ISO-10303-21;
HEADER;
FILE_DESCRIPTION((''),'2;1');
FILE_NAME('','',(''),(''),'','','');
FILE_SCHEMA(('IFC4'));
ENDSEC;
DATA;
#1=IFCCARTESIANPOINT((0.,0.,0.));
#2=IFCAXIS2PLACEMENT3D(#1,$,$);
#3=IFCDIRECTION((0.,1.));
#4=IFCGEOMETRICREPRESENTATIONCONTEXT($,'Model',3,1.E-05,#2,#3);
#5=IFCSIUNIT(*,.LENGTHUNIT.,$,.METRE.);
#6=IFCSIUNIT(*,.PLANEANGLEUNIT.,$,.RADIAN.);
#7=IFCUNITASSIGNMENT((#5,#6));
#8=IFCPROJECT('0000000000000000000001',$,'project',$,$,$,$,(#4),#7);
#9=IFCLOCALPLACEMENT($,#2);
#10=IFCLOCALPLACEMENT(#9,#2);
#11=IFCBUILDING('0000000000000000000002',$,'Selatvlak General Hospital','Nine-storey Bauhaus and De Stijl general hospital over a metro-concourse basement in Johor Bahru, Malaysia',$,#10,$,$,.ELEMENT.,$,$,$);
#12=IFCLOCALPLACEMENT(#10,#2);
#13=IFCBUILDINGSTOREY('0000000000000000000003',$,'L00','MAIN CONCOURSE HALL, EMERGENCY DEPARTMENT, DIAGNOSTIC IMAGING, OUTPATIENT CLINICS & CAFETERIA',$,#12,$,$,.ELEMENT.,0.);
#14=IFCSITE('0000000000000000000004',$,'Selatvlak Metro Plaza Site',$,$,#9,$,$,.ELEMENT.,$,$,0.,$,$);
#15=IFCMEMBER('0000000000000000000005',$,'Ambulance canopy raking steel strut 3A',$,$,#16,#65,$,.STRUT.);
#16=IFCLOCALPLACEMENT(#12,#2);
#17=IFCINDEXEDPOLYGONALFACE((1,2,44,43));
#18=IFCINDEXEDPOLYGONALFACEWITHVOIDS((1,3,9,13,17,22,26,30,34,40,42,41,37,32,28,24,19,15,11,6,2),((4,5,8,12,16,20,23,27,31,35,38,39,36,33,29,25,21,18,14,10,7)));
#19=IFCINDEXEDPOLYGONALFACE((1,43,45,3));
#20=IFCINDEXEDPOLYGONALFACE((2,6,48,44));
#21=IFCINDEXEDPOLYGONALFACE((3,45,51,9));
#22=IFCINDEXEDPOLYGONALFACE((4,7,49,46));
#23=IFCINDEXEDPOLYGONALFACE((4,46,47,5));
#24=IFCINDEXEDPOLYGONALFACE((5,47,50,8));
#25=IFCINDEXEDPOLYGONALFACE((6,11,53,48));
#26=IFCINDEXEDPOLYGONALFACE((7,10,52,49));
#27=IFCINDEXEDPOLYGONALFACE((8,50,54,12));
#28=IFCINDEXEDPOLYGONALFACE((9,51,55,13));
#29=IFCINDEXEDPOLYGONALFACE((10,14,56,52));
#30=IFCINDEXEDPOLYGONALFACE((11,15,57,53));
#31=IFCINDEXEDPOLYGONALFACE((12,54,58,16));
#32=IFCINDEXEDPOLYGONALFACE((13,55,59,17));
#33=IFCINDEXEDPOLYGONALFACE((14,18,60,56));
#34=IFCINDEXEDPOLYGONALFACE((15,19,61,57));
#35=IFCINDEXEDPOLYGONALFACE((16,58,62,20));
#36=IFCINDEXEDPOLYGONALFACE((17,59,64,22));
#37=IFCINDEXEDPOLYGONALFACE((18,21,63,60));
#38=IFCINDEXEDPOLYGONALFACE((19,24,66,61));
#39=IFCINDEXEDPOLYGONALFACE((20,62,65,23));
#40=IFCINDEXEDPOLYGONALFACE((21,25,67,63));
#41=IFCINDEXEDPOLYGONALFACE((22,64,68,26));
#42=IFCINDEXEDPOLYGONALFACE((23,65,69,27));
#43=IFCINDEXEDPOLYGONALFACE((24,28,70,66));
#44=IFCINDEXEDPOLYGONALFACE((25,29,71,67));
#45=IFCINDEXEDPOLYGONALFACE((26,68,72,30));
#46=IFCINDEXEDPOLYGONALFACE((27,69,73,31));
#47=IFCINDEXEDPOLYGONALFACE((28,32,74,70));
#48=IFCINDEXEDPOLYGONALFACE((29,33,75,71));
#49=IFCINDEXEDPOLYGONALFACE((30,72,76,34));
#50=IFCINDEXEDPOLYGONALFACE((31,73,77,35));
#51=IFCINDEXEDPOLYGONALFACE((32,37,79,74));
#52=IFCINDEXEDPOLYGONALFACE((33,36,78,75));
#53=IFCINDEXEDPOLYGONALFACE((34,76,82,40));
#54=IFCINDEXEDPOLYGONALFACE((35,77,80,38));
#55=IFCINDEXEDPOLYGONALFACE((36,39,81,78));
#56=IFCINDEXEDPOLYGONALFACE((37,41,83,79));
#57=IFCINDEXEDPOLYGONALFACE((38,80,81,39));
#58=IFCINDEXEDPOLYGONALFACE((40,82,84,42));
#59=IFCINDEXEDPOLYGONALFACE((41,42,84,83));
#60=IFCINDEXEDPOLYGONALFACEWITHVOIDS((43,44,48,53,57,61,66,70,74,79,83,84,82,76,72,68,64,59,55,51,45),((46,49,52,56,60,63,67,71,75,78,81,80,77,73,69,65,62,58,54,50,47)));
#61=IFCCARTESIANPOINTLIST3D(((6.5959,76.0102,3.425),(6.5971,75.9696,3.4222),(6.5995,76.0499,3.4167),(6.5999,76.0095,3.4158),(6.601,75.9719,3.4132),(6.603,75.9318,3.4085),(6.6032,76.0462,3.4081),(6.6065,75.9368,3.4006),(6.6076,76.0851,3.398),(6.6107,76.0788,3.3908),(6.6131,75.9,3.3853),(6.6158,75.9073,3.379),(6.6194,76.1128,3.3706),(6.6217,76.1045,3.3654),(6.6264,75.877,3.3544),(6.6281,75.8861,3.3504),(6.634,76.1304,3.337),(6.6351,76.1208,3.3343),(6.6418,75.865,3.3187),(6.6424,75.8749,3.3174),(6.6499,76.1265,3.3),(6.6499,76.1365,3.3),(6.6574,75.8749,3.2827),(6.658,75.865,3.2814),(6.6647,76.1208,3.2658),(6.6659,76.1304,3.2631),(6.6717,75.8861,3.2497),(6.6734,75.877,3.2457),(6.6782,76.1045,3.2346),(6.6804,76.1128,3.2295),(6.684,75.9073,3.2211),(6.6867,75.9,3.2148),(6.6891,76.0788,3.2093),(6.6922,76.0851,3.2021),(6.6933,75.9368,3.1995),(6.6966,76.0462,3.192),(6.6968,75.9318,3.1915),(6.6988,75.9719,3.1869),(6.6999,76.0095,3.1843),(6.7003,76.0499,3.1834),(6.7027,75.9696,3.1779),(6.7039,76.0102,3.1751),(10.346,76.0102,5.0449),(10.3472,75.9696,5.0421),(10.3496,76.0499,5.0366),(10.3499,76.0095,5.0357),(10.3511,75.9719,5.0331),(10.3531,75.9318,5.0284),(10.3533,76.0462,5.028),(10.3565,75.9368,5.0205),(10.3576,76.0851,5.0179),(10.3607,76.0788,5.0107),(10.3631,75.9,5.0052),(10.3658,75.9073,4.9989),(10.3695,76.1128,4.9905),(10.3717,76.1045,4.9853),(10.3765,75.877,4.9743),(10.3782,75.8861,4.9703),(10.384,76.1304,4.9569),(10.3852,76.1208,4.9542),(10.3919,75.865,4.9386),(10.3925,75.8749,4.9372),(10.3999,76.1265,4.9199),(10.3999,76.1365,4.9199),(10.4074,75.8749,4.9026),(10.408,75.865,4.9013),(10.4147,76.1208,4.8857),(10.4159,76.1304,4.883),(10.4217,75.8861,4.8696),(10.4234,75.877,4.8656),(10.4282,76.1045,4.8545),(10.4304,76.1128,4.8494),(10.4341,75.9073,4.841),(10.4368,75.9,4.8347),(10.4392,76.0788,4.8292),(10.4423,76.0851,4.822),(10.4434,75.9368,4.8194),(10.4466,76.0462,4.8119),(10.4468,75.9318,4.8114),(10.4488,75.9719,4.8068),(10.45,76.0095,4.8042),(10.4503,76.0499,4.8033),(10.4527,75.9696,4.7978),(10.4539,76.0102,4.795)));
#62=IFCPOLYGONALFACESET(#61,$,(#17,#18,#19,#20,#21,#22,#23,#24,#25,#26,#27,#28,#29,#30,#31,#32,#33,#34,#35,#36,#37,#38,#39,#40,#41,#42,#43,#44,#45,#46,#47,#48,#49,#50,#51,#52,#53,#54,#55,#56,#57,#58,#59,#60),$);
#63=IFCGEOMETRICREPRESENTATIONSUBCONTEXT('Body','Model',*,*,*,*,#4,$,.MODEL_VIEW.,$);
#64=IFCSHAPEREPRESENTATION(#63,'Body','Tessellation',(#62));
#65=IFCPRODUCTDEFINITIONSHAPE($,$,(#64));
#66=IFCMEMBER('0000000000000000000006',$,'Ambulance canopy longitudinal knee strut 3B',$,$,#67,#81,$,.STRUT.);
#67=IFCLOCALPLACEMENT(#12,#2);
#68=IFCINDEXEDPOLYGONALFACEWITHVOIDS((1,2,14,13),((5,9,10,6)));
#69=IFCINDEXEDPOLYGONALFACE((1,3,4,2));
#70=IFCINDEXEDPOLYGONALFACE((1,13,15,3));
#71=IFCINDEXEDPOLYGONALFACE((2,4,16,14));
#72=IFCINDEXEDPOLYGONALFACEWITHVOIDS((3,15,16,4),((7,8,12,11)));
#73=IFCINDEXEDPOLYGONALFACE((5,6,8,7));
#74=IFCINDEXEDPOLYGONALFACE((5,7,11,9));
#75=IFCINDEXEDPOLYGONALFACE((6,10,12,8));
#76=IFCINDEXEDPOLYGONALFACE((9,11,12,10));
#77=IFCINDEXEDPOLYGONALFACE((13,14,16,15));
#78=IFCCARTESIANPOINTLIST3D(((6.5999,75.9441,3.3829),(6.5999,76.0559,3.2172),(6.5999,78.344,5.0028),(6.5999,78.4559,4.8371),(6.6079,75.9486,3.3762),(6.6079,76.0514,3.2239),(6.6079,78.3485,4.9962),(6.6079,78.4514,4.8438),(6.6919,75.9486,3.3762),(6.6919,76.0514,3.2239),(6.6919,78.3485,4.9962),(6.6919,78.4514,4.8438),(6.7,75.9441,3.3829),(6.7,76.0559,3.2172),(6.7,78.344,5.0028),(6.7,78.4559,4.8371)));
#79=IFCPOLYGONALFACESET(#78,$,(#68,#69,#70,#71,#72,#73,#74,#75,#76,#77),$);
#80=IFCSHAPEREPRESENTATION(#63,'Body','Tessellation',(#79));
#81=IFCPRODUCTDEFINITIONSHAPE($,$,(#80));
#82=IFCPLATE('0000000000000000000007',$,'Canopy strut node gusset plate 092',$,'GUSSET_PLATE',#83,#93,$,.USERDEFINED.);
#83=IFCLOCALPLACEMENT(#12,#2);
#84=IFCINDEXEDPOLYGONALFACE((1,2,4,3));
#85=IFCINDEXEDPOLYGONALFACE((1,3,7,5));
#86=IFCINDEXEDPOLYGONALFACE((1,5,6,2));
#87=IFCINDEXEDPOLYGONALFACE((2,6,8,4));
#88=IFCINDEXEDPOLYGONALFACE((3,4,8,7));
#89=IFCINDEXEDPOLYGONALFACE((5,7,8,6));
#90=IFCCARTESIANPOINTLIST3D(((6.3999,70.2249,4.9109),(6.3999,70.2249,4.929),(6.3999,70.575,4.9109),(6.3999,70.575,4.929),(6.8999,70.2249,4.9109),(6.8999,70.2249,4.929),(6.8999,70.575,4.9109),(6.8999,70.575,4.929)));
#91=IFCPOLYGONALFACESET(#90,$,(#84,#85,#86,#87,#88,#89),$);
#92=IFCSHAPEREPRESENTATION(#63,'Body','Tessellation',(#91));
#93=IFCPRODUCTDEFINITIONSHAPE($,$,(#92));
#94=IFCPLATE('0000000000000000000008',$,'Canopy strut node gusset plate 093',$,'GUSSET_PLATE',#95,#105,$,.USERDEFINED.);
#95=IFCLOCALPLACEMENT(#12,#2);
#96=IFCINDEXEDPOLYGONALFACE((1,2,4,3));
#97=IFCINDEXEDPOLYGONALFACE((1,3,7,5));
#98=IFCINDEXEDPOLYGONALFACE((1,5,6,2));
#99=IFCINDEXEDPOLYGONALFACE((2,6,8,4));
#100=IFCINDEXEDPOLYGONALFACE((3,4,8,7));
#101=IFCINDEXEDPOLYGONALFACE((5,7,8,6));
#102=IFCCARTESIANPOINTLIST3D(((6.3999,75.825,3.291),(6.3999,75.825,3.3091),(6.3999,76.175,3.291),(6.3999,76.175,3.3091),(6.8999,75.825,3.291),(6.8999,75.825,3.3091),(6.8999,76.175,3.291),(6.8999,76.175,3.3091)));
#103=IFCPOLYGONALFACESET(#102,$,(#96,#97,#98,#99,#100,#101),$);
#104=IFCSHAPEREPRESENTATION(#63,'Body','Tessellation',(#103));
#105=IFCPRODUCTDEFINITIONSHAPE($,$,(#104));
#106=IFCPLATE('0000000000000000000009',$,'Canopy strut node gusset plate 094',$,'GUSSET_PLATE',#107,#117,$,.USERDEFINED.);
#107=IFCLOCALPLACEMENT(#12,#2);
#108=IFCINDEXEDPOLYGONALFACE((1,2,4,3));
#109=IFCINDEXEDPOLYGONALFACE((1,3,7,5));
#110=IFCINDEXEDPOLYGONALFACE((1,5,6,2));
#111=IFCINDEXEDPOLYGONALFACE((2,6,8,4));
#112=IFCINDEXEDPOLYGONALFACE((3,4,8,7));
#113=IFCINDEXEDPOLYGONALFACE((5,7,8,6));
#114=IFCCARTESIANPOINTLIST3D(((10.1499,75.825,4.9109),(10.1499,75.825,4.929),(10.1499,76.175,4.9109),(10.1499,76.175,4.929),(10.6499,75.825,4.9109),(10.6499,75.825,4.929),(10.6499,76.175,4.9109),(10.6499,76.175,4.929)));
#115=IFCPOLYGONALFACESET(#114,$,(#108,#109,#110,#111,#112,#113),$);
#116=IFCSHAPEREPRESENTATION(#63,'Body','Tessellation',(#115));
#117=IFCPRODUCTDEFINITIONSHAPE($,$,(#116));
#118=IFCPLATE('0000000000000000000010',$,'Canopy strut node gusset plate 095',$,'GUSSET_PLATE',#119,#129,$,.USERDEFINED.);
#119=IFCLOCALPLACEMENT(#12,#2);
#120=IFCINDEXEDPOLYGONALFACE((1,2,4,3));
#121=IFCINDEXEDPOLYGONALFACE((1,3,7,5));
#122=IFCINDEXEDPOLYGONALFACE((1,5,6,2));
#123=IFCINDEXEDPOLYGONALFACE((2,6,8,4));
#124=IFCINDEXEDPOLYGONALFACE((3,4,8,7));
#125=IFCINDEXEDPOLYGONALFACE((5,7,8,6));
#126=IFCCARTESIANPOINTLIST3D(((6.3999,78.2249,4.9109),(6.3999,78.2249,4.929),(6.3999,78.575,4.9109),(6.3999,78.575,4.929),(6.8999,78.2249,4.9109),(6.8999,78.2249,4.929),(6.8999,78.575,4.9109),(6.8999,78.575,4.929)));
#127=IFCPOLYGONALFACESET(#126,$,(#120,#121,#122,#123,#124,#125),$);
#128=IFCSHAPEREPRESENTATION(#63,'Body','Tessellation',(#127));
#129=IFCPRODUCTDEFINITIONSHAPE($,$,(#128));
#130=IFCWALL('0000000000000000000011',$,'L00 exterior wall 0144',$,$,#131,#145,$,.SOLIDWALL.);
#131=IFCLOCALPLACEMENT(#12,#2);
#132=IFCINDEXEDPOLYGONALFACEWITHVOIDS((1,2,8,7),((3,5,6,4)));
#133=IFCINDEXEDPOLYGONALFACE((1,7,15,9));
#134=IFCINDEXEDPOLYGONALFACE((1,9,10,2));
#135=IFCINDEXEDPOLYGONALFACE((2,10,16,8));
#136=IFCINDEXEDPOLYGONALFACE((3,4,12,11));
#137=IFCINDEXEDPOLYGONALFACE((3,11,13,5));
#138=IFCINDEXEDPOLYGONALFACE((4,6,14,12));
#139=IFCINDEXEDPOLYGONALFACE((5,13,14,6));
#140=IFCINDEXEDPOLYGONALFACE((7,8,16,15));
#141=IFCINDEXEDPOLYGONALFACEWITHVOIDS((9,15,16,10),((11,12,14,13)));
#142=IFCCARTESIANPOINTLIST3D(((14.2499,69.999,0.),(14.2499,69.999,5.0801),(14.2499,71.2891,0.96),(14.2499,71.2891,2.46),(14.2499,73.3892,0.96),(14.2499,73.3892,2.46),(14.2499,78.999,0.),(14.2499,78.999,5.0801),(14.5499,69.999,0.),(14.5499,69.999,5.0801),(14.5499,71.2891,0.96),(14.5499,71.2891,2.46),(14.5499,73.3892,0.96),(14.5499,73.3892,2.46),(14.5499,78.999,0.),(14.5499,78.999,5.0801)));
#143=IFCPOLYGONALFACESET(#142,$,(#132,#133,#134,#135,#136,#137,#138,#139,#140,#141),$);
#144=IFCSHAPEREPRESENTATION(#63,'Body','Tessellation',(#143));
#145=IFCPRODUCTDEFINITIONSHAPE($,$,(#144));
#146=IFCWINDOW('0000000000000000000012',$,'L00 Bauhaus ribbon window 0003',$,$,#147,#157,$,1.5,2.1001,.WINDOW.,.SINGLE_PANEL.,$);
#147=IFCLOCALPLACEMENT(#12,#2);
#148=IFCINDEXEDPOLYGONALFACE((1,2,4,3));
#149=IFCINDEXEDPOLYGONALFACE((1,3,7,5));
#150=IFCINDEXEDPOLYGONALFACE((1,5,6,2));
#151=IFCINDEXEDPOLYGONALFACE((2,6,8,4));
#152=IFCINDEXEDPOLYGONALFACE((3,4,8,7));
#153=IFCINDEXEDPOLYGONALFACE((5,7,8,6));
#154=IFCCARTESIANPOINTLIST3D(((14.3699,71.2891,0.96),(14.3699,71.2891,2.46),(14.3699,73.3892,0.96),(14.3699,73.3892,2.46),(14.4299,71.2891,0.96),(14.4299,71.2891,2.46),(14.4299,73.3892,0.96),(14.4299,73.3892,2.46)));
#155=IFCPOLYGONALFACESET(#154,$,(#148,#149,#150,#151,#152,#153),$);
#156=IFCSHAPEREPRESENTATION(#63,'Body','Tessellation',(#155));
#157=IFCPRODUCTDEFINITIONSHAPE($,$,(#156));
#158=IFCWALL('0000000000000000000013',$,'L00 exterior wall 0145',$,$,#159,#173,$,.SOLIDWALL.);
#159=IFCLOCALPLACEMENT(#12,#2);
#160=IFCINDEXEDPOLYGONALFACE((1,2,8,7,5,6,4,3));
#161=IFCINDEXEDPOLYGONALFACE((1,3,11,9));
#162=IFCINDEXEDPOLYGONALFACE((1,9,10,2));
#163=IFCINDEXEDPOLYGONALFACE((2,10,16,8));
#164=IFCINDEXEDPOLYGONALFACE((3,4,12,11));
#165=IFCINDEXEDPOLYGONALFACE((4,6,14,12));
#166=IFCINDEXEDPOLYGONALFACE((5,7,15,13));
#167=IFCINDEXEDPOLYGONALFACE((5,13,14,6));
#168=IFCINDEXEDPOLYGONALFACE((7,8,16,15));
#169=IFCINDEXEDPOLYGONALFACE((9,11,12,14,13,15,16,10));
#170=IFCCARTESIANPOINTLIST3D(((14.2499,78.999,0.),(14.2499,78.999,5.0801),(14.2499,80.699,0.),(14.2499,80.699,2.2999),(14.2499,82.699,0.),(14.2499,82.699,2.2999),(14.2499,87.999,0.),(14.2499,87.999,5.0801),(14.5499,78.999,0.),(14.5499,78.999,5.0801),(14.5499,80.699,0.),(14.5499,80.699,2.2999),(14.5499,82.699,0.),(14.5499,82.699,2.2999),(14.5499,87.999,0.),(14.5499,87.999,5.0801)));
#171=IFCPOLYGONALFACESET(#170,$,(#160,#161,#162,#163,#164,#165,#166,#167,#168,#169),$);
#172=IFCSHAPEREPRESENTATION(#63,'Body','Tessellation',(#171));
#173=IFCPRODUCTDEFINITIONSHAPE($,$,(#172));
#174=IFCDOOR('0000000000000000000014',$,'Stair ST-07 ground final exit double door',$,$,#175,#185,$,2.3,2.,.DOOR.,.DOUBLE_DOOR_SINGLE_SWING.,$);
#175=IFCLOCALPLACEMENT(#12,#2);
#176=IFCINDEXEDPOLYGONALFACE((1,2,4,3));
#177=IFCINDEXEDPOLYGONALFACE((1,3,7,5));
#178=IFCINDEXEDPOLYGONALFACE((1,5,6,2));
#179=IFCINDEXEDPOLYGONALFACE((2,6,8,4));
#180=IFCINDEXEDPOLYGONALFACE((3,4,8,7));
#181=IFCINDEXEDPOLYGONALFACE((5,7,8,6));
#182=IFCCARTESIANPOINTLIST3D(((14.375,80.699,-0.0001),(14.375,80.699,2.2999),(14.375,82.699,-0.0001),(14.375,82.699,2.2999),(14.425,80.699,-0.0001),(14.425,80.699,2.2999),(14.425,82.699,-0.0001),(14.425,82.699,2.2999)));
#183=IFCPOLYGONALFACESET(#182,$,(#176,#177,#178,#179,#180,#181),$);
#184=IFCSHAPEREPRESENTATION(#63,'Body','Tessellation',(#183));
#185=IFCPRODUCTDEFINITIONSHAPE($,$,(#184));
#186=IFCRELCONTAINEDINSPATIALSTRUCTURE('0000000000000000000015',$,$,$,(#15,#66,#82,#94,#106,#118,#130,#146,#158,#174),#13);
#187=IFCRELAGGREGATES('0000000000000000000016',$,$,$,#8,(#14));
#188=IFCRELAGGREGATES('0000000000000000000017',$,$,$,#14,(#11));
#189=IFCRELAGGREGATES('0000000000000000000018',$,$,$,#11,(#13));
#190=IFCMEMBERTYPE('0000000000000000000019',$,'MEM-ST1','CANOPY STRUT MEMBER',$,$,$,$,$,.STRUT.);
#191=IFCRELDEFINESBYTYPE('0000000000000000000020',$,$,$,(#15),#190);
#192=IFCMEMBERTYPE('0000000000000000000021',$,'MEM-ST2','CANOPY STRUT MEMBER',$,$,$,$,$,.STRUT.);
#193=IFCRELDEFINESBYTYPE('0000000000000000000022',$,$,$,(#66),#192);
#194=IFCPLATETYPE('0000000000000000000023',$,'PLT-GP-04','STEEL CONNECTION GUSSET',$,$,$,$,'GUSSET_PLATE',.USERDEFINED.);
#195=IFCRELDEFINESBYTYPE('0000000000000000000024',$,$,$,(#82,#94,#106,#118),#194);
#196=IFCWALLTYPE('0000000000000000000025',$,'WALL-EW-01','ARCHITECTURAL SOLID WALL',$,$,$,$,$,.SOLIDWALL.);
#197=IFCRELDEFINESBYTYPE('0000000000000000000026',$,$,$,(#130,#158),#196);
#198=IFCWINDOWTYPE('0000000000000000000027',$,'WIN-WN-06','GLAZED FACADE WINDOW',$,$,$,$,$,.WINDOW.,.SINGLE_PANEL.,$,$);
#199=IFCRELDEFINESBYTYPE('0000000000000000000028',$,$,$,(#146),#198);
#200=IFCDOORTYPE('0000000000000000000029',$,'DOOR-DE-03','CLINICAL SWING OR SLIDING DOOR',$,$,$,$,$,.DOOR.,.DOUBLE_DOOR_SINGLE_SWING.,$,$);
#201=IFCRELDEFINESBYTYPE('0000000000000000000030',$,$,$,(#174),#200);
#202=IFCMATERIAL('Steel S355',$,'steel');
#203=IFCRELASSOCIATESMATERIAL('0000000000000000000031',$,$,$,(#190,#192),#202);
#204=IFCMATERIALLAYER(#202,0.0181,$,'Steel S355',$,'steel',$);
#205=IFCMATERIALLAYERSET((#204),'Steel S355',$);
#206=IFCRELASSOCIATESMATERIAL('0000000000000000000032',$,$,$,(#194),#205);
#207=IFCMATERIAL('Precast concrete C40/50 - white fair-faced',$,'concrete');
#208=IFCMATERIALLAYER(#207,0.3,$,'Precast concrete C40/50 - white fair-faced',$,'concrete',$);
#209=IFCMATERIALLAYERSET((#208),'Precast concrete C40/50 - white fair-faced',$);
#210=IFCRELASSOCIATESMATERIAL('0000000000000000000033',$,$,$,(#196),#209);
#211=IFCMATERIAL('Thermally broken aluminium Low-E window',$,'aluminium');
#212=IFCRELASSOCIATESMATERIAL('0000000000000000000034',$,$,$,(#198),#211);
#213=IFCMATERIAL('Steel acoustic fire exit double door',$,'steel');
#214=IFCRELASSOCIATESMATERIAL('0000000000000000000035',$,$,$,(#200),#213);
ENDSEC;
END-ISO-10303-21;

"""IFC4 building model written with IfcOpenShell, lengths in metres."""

from ifc_helpers import new_model, si_unit, direction, frame, frame_2d, origin, origin_2d, place, context, subcontext, project, spatial, rectangle, hollow_rectangle, hollow_circle, extrude, material, layer, layer_set, material_profile, profile_set, type_object, element, fill, save


model = new_model("IFC4")

# Units and contexts
model_context = context("Model", 3, precision=1e-05, world=origin(), true_north=direction((0.0, 1.0)))
body_context = subcontext(model_context, "Body", "Model", "MODEL_VIEW")
ifc_project = project(units=[si_unit("LENGTHUNIT", "METRE"), si_unit("PLANEANGLEUNIT", "RADIAN")], contexts=[model_context])

# Site, building, storey
site_placement = place(None, origin())
site = spatial("IfcSite", under=ifc_project, at=site_placement, Name="Selatvlak Metro Plaza Site", CompositionType="ELEMENT", RefElevation=0.0)
building_placement = place(site_placement, origin())
building = spatial("IfcBuilding", under=site, at=building_placement, Name="Selatvlak General Hospital", Description="Nine-storey Bauhaus and De Stijl general hospital over a metro-concourse basement in Johor Bahru, Malaysia", CompositionType="ELEMENT")
storey_placement = place(building_placement, origin())
storey = spatial("IfcBuildingStorey", under=building, at=storey_placement, Name="L00", Description="MAIN CONCOURSE HALL, EMERGENCY DEPARTMENT, DIAGNOSTIC IMAGING, OUTPATIENT CLINICS & CAFETERIA", CompositionType="ELEMENT", Elevation=0.0)

# Shared definitions
ifc_material_1 = material(Name="Steel S355", Category="steel")

# Members
ifc_material_profile_1 = material_profile(ifc_material_1, hollow_circle(Radius=0.1365, WallThickness=0.01, at=origin_2d()), Name="CHS 273.0x10")
ifc_profile_set_1 = profile_set([ifc_material_profile_1], Name="Steel S355")
member_type_1 = type_object("IfcMemberType", Name="MEM-ST1", Description="CANOPY STRUT MEMBER", PredefinedType="STRUT", material=ifc_profile_set_1)
member_1_placement = place(storey_placement, frame((6.6499, 76.0, 3.3), z_axis=(0.918013, 0.0, 0.39655), x_axis=(0.0, 1.0, 0.0)))
element("IfcMember", 1, at=member_1_placement, inside=storey, type_object=member_type_1, Name="Ambulance canopy raking steel strut 3A", PredefinedType="STRUT", context=body_context, shape_type="SweptSolid", body=[
    extrude(hollow_circle(Radius=0.1365, WallThickness=0.01, at=origin_2d()), origin(), (0.0, 0.0, 1.0), 4.085),
])
ifc_material_profile_2 = material_profile(ifc_material_1, hollow_rectangle(XDim=0.1001, YDim=0.2, WallThickness=0.0081, at=origin_2d()), Name="RHS 200x100x8")
ifc_profile_set_2 = profile_set([ifc_material_profile_2], Name="Steel S355")
member_type_2 = type_object("IfcMemberType", Name="MEM-ST2", Description="CANOPY STRUT MEMBER", PredefinedType="STRUT", material=ifc_profile_set_2)
member_2_placement = place(storey_placement, frame((6.6499, 76.0, 3.3), z_axis=(0.0, 0.828858, 0.559458), x_axis=(-1.0, 0.0, 0.0)))
element("IfcMember", 2, at=member_2_placement, inside=storey, type_object=member_type_2, Name="Ambulance canopy longitudinal knee strut 3B", PredefinedType="STRUT", context=body_context, shape_type="SweptSolid", body=[
    extrude(hollow_rectangle(XDim=0.1001, YDim=0.2, WallThickness=0.0081, at=origin_2d()), origin(), (0.0, 0.0, 1.0), 2.8955),
])

# Plates
ifc_layer_1 = layer(ifc_material_1, 0.0181, Name="Steel S355", Category="steel")
ifc_layer_set_1 = layer_set([ifc_layer_1], Name="Steel S355")
plate_type = type_object("IfcPlateType", Name="PLT-GP-04", Description="STEEL CONNECTION GUSSET", ElementType="GUSSET_PLATE", PredefinedType="USERDEFINED", material=ifc_layer_set_1)
for number, where, z_axis, x_axis, name in (
    (3, (6.6499, 70.3999, 4.9109), (0.0, 0.0, 1.0), (1.0, 0.0, 0.0), "Canopy strut node gusset plate 092"),
    (4, (6.6499, 76.0, 3.291), (0.0, 0.0, 1.0), (1.0, 0.0, 0.0), "Canopy strut node gusset plate 093"),
    (5, (10.3999, 76.0, 4.9109), (0.0, 0.0, 1.0), (1.0, 0.0, 0.0), "Canopy strut node gusset plate 094"),
    (6, (6.6499, 78.3999, 4.9109), (0.0, 0.0, 1.0), (1.0, 0.0, 0.0), "Canopy strut node gusset plate 095"),
):
    element("IfcPlate", number, at=place(storey_placement, frame(where, z_axis=z_axis, x_axis=x_axis)), inside=storey, type_object=plate_type, Name=name, ObjectType="GUSSET_PLATE", PredefinedType="USERDEFINED", context=body_context, shape_type="SweptSolid", body=[
        extrude(rectangle(XDim=0.5, YDim=0.3501, at=origin_2d()), origin(), (0.0, 0.0, 1.0), 0.0181),
    ])

# Wall, opening, window
ifc_material_2 = material(Name="Precast concrete C40/50 - white fair-faced", Category="concrete")
ifc_layer_2 = layer(ifc_material_2, 0.3, Name="Precast concrete C40/50 - white fair-faced", Category="concrete")
ifc_layer_set_2 = layer_set([ifc_layer_2], Name="Precast concrete C40/50 - white fair-faced")
wall_type_1 = type_object("IfcWallType", Name="WALL-EW-01", Description="ARCHITECTURAL SOLID WALL", PredefinedType="SOLIDWALL", material=ifc_layer_set_2)
wall_1_placement = place(storey_placement, frame((14.3999, 69.999, 0.0), z_axis=(0.0, 0.0, 1.0), x_axis=(0.0, 1.0, 0.0)))
wall_1 = element("IfcWall", 7, at=wall_1_placement, inside=storey, type_object=wall_type_1, Name="L00 exterior wall 0144", PredefinedType="SOLIDWALL", context=body_context, shape_type="SweptSolid", body=[
    extrude(rectangle(XDim=9.0, YDim=0.3, at=frame_2d((4.5, 0.0))), origin(), (0.0, 0.0, 1.0), 5.0801),
])
opening_1_placement = place(wall_1_placement, frame((1.29, 0.0, 0.96)))
opening_1 = element("IfcOpeningElement", 8, at=opening_1_placement, cuts=wall_1, PredefinedType="OPENING", context=body_context, shape_type="SweptSolid", body=[
    extrude(rectangle(XDim=2.1001, YDim=1.5, at=frame_2d((1.05, 0.75))), frame((0.0, 0.1599, 0.0), z_axis=(0.0, -1.0, 0.0), x_axis=(1.0, 0.0, 0.0)), (0.0, 0.0, 1.0), 0.3201),
])
ifc_material_3 = material(Name="Thermally broken aluminium Low-E window", Category="aluminium")
window_type = type_object("IfcWindowType", Name="WIN-WN-06", Description="GLAZED FACADE WINDOW", PartitioningType="SINGLE_PANEL", PredefinedType="WINDOW", material=ifc_material_3)
window_placement = place(opening_1_placement, origin())
window = element("IfcWindow", 9, at=window_placement, inside=storey, type_object=window_type, Name="L00 Bauhaus ribbon window 0003", OverallHeight=1.5, OverallWidth=2.1001, PartitioningType="SINGLE_PANEL", PredefinedType="WINDOW", context=body_context, shape_type="SweptSolid", body=[
    extrude(rectangle(XDim=2.1001, YDim=1.5, at=frame_2d((1.05, 0.75))), frame((0.0, 0.03, 0.0), z_axis=(0.0, -1.0, 0.0), x_axis=(1.0, 0.0, 0.0)), (0.0, 0.0, 1.0), 0.0601),
])
fill(opening_1, window)

# Wall, opening, door
wall_2_placement = place(storey_placement, frame((14.3999, 78.999, 0.0), z_axis=(0.0, 0.0, 1.0), x_axis=(0.0, 1.0, 0.0)))
wall_2 = element("IfcWall", 10, at=wall_2_placement, inside=storey, type_object=wall_type_1, Name="L00 exterior wall 0145", PredefinedType="SOLIDWALL", context=body_context, shape_type="SweptSolid", body=[
    extrude(rectangle(XDim=9.0, YDim=0.3, at=frame_2d((4.5, 0.0))), origin(), (0.0, 0.0, 1.0), 5.0801),
])
opening_2_placement = place(wall_2_placement, frame((1.7, 0.0, 0.0)))
opening_2 = element("IfcOpeningElement", 11, at=opening_2_placement, cuts=wall_2, PredefinedType="OPENING", context=body_context, shape_type="SweptSolid", body=[
    extrude(rectangle(XDim=2.0, YDim=2.3, at=frame_2d((1.0, 1.1499))), frame((0.0, 0.1599, 0.0), z_axis=(0.0, -1.0, 0.0), x_axis=(1.0, 0.0, 0.0)), (0.0, 0.0, 1.0), 0.3201),
])
ifc_material_4 = material(Name="Steel acoustic fire exit double door", Category="steel")
door_type_1 = type_object("IfcDoorType", Name="DOOR-DE-03", Description="CLINICAL SWING OR SLIDING DOOR", OperationType="DOUBLE_DOOR_SINGLE_SWING", PredefinedType="DOOR", material=ifc_material_4)
door_1_placement = place(opening_2_placement, origin())
door_1 = element("IfcDoor", 12, at=door_1_placement, inside=storey, type_object=door_type_1, Name="Stair ST-07 ground final exit double door", OperationType="DOUBLE_DOOR_SINGLE_SWING", OverallHeight=2.3, OverallWidth=2.0, PredefinedType="DOOR", context=body_context, shape_type="SweptSolid", body=[
    extrude(rectangle(XDim=2.0, YDim=2.3, at=frame_2d((1.0, 1.1499))), frame((0.0, 0.0249, 0.0), z_axis=(0.0, -1.0, 0.0), x_axis=(1.0, 0.0, 0.0)), (0.0, 0.0, 1.0), 0.05),
])
fill(opening_2, door_1)

save(model, "model.ifc")
